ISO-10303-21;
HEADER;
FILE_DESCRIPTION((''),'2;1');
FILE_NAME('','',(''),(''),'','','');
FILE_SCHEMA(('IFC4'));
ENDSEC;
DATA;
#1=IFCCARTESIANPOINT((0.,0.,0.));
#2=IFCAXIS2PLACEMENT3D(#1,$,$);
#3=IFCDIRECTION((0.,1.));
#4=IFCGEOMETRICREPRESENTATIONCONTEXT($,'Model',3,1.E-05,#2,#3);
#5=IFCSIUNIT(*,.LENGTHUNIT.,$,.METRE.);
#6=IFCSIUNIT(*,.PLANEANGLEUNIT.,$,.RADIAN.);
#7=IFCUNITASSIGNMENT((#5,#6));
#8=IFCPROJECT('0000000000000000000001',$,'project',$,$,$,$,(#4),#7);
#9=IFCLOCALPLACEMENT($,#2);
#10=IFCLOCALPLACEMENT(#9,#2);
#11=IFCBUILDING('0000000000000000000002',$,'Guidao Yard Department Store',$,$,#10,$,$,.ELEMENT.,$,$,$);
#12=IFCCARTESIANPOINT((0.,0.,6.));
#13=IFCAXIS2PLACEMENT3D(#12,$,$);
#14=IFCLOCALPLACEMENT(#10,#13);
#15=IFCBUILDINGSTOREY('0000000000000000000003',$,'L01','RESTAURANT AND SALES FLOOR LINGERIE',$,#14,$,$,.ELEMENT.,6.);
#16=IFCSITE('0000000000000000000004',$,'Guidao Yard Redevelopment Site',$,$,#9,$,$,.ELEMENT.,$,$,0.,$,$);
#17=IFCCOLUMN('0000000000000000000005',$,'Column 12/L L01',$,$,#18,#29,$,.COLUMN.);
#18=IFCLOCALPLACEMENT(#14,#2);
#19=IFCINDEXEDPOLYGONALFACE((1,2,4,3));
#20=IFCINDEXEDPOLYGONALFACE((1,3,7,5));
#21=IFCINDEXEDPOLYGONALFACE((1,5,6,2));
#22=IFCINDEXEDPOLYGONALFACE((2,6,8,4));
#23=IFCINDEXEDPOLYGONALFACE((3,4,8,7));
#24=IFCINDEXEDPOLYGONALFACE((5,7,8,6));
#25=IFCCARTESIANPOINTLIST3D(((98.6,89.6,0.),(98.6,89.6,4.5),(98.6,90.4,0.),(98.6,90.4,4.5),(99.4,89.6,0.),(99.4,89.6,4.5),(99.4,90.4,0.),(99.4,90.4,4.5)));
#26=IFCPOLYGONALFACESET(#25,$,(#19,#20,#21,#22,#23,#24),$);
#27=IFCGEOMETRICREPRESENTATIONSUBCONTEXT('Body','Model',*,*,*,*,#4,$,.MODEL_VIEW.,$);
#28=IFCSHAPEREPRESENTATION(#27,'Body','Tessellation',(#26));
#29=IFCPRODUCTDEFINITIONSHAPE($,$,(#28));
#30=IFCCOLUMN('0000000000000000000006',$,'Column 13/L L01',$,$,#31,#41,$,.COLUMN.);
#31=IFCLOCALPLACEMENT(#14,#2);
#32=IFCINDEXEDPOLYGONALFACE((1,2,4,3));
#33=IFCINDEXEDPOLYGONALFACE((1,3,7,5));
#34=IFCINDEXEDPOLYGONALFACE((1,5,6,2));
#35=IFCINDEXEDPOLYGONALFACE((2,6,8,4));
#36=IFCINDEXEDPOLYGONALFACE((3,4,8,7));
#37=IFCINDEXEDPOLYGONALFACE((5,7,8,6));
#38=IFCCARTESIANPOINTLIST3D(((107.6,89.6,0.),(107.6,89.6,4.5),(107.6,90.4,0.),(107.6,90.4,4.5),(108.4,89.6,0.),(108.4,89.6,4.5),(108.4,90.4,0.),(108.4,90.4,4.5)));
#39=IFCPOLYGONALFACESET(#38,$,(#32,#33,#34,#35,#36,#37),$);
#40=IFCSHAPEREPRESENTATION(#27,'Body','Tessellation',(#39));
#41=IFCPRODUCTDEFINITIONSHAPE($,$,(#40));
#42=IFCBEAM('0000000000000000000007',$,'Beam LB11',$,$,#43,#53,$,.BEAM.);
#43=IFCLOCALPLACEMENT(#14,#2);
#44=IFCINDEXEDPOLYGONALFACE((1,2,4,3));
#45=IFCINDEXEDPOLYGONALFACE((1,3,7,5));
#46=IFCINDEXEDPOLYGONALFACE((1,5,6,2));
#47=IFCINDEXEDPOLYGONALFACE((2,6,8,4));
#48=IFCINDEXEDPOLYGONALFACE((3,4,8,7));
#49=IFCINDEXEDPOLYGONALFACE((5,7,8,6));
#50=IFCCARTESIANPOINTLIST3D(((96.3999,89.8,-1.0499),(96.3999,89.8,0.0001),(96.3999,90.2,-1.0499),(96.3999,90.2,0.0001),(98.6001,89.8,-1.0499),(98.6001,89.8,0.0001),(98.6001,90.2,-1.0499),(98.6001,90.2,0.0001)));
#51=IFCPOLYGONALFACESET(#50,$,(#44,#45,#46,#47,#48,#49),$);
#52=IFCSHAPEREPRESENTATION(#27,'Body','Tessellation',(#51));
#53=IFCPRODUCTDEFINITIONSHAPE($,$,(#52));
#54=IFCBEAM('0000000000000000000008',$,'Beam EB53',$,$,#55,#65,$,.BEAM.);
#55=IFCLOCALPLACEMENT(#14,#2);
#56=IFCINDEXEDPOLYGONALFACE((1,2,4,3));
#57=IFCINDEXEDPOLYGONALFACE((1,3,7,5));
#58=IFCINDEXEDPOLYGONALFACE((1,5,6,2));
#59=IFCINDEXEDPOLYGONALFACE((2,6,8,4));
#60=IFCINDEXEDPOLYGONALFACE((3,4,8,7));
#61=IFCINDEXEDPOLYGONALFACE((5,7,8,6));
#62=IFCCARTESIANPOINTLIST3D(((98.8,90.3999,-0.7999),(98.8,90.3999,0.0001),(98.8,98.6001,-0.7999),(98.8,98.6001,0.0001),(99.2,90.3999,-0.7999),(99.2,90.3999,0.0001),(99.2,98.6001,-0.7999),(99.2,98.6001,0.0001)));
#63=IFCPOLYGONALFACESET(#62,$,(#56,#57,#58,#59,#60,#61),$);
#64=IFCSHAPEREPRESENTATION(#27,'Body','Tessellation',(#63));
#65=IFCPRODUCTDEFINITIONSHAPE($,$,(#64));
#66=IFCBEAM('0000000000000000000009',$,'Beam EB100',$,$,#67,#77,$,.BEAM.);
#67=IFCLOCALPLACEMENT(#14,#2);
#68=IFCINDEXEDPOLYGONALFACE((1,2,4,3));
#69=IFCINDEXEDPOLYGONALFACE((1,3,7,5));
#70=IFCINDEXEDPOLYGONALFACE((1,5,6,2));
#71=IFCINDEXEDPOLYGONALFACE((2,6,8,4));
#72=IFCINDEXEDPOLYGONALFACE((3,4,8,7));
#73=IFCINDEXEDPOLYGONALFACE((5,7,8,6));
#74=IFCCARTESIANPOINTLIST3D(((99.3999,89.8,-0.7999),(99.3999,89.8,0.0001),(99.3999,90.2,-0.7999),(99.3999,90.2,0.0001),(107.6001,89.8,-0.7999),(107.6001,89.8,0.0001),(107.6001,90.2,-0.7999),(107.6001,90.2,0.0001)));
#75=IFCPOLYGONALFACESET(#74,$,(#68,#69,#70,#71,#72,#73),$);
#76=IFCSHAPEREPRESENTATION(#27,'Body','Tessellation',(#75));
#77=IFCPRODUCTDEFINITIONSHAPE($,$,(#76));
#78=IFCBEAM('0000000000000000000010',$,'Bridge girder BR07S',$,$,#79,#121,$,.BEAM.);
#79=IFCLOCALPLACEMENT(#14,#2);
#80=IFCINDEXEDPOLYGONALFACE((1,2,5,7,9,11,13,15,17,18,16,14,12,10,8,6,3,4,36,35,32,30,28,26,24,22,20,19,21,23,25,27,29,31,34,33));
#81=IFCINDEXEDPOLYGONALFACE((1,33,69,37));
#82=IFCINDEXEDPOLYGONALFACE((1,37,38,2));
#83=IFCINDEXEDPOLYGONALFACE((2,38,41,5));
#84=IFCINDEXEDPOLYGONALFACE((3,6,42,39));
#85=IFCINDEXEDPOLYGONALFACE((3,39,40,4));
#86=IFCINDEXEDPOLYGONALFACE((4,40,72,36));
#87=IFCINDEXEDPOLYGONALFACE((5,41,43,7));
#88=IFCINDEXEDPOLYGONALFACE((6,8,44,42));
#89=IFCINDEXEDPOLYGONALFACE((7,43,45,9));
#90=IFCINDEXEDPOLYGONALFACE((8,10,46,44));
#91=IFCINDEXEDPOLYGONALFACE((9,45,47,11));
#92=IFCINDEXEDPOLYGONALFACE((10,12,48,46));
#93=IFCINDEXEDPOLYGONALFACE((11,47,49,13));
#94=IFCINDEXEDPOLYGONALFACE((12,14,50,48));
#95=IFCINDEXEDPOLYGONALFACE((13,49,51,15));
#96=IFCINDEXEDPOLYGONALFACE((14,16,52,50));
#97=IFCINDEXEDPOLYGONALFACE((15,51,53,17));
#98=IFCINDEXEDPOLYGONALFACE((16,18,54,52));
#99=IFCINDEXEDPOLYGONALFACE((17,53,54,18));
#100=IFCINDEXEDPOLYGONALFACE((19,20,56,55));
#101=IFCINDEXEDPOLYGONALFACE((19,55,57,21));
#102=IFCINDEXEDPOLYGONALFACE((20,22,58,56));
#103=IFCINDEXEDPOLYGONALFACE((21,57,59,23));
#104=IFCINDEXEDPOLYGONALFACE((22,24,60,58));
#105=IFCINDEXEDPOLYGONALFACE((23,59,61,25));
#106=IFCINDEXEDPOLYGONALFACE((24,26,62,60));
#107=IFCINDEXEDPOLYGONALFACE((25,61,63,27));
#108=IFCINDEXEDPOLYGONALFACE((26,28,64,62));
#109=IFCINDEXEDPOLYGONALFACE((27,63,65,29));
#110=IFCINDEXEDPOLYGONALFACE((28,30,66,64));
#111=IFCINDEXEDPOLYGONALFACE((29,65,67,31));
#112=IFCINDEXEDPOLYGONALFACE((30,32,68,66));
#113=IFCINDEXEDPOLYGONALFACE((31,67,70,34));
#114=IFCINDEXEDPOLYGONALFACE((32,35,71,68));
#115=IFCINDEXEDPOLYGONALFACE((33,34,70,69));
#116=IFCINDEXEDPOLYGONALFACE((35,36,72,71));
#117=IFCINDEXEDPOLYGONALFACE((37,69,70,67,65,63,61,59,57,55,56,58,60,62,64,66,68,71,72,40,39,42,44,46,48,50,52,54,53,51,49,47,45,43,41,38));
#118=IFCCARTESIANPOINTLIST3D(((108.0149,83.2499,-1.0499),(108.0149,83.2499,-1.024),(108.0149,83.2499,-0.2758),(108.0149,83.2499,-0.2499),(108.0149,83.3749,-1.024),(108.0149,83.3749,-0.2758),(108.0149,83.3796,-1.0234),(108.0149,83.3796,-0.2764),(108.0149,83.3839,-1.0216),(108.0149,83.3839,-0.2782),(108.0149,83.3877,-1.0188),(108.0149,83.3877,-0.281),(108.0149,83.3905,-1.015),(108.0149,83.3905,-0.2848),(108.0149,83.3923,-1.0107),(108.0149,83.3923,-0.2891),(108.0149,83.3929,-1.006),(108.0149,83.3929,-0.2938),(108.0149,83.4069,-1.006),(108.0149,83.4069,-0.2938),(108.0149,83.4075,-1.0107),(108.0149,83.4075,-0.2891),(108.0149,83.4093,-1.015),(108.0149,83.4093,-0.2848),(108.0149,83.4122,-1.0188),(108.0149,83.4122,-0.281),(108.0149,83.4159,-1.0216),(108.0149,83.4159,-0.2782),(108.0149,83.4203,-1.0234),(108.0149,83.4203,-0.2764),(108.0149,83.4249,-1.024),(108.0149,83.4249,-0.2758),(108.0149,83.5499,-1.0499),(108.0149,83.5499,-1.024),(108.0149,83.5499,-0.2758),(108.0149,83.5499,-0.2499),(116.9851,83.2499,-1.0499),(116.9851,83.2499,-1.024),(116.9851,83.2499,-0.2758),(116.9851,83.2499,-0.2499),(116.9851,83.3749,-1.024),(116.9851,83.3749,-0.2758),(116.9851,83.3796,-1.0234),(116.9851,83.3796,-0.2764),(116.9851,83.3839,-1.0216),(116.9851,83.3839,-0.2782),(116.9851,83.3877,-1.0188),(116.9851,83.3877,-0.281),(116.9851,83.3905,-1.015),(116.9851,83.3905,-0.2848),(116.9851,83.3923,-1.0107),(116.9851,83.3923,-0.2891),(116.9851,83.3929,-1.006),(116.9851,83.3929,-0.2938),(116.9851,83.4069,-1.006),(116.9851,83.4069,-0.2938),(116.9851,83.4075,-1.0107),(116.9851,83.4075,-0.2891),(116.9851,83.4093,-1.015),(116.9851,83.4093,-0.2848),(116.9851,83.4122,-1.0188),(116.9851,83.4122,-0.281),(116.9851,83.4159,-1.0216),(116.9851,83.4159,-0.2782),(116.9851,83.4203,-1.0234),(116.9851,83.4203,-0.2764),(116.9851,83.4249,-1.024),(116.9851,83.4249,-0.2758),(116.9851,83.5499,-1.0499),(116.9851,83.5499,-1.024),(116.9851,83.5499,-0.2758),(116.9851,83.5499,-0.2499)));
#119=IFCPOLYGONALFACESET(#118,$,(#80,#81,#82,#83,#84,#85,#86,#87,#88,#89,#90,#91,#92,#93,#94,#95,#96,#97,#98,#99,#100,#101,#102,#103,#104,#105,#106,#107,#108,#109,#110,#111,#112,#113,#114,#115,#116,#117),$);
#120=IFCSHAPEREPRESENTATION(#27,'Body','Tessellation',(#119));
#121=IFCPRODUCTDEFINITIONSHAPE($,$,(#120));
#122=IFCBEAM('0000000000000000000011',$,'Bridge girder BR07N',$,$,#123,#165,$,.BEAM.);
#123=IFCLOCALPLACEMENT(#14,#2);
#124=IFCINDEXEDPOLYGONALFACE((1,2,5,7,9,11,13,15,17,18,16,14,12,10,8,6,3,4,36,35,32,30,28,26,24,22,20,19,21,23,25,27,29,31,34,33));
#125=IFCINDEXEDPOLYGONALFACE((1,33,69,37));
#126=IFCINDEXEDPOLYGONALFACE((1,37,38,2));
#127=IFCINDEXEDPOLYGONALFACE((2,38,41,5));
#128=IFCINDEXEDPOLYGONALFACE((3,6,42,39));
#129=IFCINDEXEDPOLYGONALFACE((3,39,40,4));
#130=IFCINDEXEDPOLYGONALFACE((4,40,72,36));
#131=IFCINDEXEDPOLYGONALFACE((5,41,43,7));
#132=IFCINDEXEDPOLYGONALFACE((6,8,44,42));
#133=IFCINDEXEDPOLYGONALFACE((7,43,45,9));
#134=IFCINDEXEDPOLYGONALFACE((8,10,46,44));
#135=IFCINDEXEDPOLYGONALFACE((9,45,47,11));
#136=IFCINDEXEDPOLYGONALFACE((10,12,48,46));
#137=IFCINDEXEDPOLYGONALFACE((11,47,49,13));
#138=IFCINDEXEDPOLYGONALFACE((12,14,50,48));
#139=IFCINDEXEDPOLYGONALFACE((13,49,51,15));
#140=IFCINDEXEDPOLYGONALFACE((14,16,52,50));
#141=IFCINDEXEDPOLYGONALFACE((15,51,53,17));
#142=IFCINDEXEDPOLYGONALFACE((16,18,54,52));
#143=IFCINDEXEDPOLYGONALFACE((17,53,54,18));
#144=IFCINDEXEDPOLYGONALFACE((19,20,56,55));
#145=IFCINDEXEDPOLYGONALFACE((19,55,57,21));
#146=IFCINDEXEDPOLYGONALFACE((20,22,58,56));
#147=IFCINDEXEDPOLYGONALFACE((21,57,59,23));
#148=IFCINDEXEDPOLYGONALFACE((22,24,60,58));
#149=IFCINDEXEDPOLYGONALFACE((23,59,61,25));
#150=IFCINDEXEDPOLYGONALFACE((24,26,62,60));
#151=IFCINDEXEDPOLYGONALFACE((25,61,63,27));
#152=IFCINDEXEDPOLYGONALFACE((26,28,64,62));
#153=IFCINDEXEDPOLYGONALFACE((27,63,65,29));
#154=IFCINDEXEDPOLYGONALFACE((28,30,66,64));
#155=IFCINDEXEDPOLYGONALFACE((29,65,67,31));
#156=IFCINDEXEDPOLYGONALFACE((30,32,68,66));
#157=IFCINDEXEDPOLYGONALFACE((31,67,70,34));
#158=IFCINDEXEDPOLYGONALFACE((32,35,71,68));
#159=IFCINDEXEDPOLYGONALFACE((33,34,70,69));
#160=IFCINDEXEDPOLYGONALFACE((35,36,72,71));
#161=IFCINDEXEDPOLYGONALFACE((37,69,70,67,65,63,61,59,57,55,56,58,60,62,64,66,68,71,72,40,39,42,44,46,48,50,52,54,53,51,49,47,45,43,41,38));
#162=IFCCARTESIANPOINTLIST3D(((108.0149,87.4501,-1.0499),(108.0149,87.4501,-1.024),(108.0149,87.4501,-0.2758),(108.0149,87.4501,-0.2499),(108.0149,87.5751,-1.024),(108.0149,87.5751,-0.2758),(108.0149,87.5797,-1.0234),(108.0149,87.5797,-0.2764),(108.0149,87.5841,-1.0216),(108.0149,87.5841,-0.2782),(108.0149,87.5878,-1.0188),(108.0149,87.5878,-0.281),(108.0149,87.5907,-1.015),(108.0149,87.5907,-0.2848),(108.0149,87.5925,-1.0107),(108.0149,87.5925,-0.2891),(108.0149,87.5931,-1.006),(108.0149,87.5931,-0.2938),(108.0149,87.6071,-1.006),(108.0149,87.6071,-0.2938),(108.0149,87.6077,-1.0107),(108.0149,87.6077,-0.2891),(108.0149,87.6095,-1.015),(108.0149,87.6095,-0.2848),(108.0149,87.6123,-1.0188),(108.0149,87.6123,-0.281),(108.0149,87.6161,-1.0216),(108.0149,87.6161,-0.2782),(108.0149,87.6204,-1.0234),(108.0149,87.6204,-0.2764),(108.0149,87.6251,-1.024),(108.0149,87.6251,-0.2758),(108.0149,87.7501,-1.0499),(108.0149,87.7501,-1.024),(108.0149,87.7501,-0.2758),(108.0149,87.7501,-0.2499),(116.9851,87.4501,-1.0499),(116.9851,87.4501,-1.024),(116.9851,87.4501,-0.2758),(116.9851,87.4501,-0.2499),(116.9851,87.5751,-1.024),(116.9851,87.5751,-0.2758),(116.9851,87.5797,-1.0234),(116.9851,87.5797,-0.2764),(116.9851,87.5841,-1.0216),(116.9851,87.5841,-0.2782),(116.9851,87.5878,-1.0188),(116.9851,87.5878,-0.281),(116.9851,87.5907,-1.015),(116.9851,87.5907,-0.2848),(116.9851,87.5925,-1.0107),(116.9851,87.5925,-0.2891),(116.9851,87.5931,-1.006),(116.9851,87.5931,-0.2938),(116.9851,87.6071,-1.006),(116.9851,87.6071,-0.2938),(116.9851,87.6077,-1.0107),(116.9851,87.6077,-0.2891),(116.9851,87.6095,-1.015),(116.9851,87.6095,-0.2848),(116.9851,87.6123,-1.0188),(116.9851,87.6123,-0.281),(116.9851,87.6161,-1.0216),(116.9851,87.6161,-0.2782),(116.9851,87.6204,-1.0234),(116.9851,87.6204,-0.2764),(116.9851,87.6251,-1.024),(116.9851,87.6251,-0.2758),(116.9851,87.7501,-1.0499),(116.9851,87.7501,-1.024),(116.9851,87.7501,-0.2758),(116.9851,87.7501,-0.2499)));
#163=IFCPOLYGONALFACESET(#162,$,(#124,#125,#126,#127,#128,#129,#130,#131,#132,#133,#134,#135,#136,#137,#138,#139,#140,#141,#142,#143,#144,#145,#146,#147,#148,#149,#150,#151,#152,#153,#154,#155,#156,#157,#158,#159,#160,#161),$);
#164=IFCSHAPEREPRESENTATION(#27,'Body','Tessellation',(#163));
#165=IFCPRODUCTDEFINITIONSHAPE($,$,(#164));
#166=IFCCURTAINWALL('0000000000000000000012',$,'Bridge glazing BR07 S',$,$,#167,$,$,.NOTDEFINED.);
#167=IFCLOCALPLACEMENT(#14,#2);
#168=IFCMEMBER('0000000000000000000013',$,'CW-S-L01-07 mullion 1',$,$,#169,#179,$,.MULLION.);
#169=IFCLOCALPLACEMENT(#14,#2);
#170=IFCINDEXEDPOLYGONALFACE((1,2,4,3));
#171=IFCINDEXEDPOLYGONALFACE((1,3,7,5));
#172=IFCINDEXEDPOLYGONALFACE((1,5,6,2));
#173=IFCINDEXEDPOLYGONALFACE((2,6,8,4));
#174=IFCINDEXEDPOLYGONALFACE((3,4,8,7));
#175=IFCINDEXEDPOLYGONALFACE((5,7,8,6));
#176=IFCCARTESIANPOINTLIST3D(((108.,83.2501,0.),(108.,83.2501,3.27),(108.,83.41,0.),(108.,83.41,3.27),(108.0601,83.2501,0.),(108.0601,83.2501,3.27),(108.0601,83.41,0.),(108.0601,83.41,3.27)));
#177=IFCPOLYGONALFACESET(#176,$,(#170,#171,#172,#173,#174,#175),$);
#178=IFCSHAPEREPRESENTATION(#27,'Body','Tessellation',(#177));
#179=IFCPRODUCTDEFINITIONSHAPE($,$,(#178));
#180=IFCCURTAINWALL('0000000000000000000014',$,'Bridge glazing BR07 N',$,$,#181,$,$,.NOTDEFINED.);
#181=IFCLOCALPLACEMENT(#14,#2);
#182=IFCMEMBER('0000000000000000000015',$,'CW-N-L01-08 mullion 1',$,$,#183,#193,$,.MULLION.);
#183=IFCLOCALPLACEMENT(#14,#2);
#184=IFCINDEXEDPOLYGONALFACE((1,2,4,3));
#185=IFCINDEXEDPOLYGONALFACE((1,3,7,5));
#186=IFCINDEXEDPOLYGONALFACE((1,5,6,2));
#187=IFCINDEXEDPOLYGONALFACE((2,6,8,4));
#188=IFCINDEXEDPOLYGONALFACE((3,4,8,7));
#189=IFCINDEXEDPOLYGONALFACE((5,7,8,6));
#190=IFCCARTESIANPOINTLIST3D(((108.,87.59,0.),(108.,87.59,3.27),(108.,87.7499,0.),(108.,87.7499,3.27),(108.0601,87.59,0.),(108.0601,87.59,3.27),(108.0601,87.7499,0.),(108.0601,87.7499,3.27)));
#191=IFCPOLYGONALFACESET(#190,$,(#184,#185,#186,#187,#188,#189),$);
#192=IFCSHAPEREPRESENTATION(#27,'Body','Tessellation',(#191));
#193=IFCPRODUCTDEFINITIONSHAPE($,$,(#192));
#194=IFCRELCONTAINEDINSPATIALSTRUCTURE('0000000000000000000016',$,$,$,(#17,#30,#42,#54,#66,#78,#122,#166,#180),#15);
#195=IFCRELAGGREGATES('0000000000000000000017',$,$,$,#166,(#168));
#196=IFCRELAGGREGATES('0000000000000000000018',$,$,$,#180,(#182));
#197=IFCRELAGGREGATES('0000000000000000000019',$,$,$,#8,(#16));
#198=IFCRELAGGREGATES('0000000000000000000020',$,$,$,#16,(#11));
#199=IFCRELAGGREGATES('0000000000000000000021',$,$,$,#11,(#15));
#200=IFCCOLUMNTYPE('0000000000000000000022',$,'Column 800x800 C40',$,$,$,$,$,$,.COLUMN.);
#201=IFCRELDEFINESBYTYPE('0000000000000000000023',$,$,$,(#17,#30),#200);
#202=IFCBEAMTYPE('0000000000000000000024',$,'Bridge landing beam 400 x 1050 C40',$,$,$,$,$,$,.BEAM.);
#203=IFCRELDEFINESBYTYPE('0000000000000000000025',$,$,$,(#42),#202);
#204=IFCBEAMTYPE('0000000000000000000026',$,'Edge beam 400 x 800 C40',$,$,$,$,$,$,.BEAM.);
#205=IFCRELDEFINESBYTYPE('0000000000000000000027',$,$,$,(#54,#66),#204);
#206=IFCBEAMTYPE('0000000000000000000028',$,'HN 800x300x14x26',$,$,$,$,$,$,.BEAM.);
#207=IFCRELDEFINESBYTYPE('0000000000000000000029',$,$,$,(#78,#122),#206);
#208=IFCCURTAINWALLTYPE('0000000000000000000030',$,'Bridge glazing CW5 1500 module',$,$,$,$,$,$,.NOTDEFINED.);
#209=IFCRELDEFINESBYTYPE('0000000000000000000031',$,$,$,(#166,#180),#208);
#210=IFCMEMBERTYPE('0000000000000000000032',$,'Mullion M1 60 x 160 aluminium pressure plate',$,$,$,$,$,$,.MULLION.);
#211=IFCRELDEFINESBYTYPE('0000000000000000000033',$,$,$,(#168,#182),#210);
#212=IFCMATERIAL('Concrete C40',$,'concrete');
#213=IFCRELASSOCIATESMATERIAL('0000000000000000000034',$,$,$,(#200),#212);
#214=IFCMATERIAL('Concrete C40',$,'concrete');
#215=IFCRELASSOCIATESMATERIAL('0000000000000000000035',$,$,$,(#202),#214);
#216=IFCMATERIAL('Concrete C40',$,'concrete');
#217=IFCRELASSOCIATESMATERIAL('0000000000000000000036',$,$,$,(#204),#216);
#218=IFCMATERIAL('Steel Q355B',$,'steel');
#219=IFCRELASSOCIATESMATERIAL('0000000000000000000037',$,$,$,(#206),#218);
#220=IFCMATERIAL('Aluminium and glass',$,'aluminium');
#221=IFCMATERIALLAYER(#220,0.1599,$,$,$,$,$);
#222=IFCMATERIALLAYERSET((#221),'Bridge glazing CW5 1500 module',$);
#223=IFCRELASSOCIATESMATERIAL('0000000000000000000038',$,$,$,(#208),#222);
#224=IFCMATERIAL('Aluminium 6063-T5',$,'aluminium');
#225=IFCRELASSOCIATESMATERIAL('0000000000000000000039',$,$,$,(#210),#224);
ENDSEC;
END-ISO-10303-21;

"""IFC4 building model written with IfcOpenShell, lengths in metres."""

from ifc_helpers import new_model, si_unit, direction, frame, origin, origin_2d, place, context, subcontext, project, spatial, rectangle, i_section, extrude, material, layer, layer_set, material_profile, profile_set, type_object, element, aggregate, save


model = new_model("IFC4")

# Units and contexts
model_context = context("Model", 3, precision=1e-05, world=origin(), true_north=direction((0.0, 1.0)))
body_context = subcontext(model_context, "Body", "Model", "MODEL_VIEW")
ifc_project = project(units=[si_unit("LENGTHUNIT", "METRE"), si_unit("PLANEANGLEUNIT", "RADIAN")], contexts=[model_context])

# Site, building, storey
site_placement = place(None, origin())
site = spatial("IfcSite", under=ifc_project, at=site_placement, Name="Guidao Yard Redevelopment Site", CompositionType="ELEMENT", RefElevation=0.0)
building_placement = place(site_placement, origin())
building = spatial("IfcBuilding", under=site, at=building_placement, Name="Guidao Yard Department Store", CompositionType="ELEMENT")
storey_placement = place(building_placement, frame((0.0, 0.0, 6.0)))
storey = spatial("IfcBuildingStorey", under=building, at=storey_placement, Name="L01", Description="RESTAURANT AND SALES FLOOR LINGERIE", CompositionType="ELEMENT", Elevation=6.0)

# Columns
ifc_material_1 = material(Name="Concrete C40", Category="concrete")
ifc_material_profile_1 = material_profile(ifc_material_1, rectangle(XDim=0.8, YDim=0.8, at=origin_2d()), Name="COL 800x800")
ifc_profile_set_1 = profile_set([ifc_material_profile_1], Name="Concrete C40")
column_type = type_object("IfcColumnType", Name="Column 800x800 C40", PredefinedType="COLUMN", material=ifc_profile_set_1)
for number, where, z_axis, x_axis, name in (
    (1, (99.0, 90.0, 0.0), (0.0, 0.0, 1.0), (1.0, 0.0, 0.0), "Column 12/L L01"),
    (2, (108.0, 90.0, 0.0), (0.0, 0.0, 1.0), (1.0, 0.0, 0.0), "Column 13/L L01"),
):
    element("IfcColumn", number, at=place(storey_placement, frame(where, z_axis=z_axis, x_axis=x_axis)), inside=storey, type_object=column_type, Name=name, PredefinedType="COLUMN", context=body_context, shape_type="SweptSolid", body=[
        extrude(rectangle(XDim=0.8, YDim=0.8, at=origin_2d()), origin(), (0.0, 0.0, 1.0), 4.5),
    ])

# Beams
ifc_material_2 = material(Name="Concrete C40", Category="concrete")
ifc_material_profile_2 = material_profile(ifc_material_2, rectangle(XDim=0.3999, YDim=1.05, at=origin_2d()), Name="Bridge landing beam 400 x 1050 C40")
ifc_profile_set_2 = profile_set([ifc_material_profile_2], Name="Concrete C40")
beam_type_1 = type_object("IfcBeamType", Name="Bridge landing beam 400 x 1050 C40", PredefinedType="BEAM", material=ifc_profile_set_2)
beam_1_placement = place(storey_placement, frame((96.3999, 90.0, -0.5249), z_axis=(1.0, 0.0, 0.0), x_axis=(0.0, 1.0, 0.0)))
element("IfcBeam", 3, at=beam_1_placement, inside=storey, type_object=beam_type_1, Name="Beam LB11", PredefinedType="BEAM", context=body_context, shape_type="SweptSolid", body=[
    extrude(rectangle(XDim=0.3999, YDim=1.05, at=origin_2d()), origin(), (0.0, 0.0, 1.0), 2.2002),
])
ifc_material_3 = material(Name="Concrete C40", Category="concrete")
ifc_material_profile_3 = material_profile(ifc_material_3, rectangle(XDim=0.3999, YDim=0.8, at=origin_2d()), Name="Edge beam 400 x 800 C40")
ifc_profile_set_3 = profile_set([ifc_material_profile_3], Name="Concrete C40")
beam_type_2 = type_object("IfcBeamType", Name="Edge beam 400 x 800 C40", PredefinedType="BEAM", material=ifc_profile_set_3)
for number, where, z_axis, x_axis, name in (
    (4, (99.0, 90.3999, -0.3999), (0.0, 1.0, 0.0), (-1.0, 0.0, 0.0), "Beam EB53"),
    (5, (99.3999, 90.0, -0.3999), (1.0, 0.0, 0.0), (0.0, 1.0, 0.0), "Beam EB100"),
):
    element("IfcBeam", number, at=place(storey_placement, frame(where, z_axis=z_axis, x_axis=x_axis)), inside=storey, type_object=beam_type_2, Name=name, PredefinedType="BEAM", context=body_context, shape_type="SweptSolid", body=[
        extrude(rectangle(XDim=0.3999, YDim=0.8, at=origin_2d()), origin(), (0.0, 0.0, 1.0), 8.2002),
    ])
ifc_material_4 = material(Name="Steel Q355B", Category="steel")
ifc_material_profile_4 = material_profile(ifc_material_4, i_section(OverallWidth=0.3, OverallDepth=0.8, WebThickness=0.0139, FlangeThickness=0.0259, FilletRadius=0.0181, at=origin_2d()), Name="HN 800x300x14x26")
ifc_profile_set_4 = profile_set([ifc_material_profile_4], Name="Steel Q355B")
beam_type_3 = type_object("IfcBeamType", Name="HN 800x300x14x26", PredefinedType="BEAM", material=ifc_profile_set_4)
for number, where, z_axis, x_axis, name in (
    (6, (108.0149, 83.3999, -0.6499), (1.0, 0.0, 0.0), (0.0, 1.0, 0.0), "Bridge girder BR07S"),
    (7, (108.0149, 87.6001, -0.6499), (1.0, 0.0, 0.0), (0.0, 1.0, 0.0), "Bridge girder BR07N"),
):
    element("IfcBeam", number, at=place(storey_placement, frame(where, z_axis=z_axis, x_axis=x_axis)), inside=storey, type_object=beam_type_3, Name=name, PredefinedType="BEAM", context=body_context, shape_type="SweptSolid", body=[
        extrude(i_section(OverallWidth=0.3, OverallDepth=0.8, WebThickness=0.0139, FlangeThickness=0.0259, FilletRadius=0.0181, at=origin_2d()), origin(), (0.0, 0.0, 1.0), 8.9702),
    ])

# Curtain walls, members
ifc_material_5 = material(Name="Aluminium and glass", Category="aluminium")
ifc_layer_1 = layer(ifc_material_5, 0.1599)
ifc_layer_set_1 = layer_set([ifc_layer_1], Name="Bridge glazing CW5 1500 module")
curtain_wall_type = type_object("IfcCurtainWallType", Name="Bridge glazing CW5 1500 module", PredefinedType="NOTDEFINED", material=ifc_layer_set_1)
curtain_wall_1_placement = place(storey_placement, origin())
curtain_wall_1 = element("IfcCurtainWall", 8, at=curtain_wall_1_placement, inside=storey, type_object=curtain_wall_type, Name="Bridge glazing BR07 S", PredefinedType="NOTDEFINED")
ifc_material_6 = material(Name="Aluminium 6063-T5", Category="aluminium")
ifc_material_profile_5 = material_profile(ifc_material_6, rectangle(XDim=0.0601, YDim=0.1599, at=origin_2d()), Name="Mullion M1 60 x 160 aluminium pressure plate")
ifc_profile_set_5 = profile_set([ifc_material_profile_5], Name="Aluminium 6063-T5")
member_type_1 = type_object("IfcMemberType", Name="Mullion M1 60 x 160 aluminium pressure plate", PredefinedType="MULLION", material=ifc_profile_set_5)
member_1_placement = place(storey_placement, frame((108.03, 83.3301, 0.0), z_axis=(0.0, 0.0, 1.0), x_axis=(-1.0, 0.0, 0.0)))
member_1 = element("IfcMember", 9, at=member_1_placement, type_object=member_type_1, Name="CW-S-L01-07 mullion 1", PredefinedType="MULLION", context=body_context, shape_type="SweptSolid", body=[
    extrude(rectangle(XDim=0.0601, YDim=0.1599, at=origin_2d()), origin(), (0.0, 0.0, 1.0), 3.27),
])
aggregate(curtain_wall_1, [member_1])
curtain_wall_2_placement = place(storey_placement, origin())
curtain_wall_2 = element("IfcCurtainWall", 10, at=curtain_wall_2_placement, inside=storey, type_object=curtain_wall_type, Name="Bridge glazing BR07 N", PredefinedType="NOTDEFINED")
member_2_placement = place(storey_placement, frame((108.03, 87.6699, 0.0), z_axis=(0.0, 0.0, 1.0), x_axis=(1.0, 0.0, 0.0)))
member_2 = element("IfcMember", 11, at=member_2_placement, type_object=member_type_1, Name="CW-N-L01-08 mullion 1", PredefinedType="MULLION", context=body_context, shape_type="SweptSolid", body=[
    extrude(rectangle(XDim=0.0601, YDim=0.1599, at=origin_2d()), origin(), (0.0, 0.0, 1.0), 3.27),
])

aggregate(curtain_wall_2, [member_2])

save(model, "model.ifc")
